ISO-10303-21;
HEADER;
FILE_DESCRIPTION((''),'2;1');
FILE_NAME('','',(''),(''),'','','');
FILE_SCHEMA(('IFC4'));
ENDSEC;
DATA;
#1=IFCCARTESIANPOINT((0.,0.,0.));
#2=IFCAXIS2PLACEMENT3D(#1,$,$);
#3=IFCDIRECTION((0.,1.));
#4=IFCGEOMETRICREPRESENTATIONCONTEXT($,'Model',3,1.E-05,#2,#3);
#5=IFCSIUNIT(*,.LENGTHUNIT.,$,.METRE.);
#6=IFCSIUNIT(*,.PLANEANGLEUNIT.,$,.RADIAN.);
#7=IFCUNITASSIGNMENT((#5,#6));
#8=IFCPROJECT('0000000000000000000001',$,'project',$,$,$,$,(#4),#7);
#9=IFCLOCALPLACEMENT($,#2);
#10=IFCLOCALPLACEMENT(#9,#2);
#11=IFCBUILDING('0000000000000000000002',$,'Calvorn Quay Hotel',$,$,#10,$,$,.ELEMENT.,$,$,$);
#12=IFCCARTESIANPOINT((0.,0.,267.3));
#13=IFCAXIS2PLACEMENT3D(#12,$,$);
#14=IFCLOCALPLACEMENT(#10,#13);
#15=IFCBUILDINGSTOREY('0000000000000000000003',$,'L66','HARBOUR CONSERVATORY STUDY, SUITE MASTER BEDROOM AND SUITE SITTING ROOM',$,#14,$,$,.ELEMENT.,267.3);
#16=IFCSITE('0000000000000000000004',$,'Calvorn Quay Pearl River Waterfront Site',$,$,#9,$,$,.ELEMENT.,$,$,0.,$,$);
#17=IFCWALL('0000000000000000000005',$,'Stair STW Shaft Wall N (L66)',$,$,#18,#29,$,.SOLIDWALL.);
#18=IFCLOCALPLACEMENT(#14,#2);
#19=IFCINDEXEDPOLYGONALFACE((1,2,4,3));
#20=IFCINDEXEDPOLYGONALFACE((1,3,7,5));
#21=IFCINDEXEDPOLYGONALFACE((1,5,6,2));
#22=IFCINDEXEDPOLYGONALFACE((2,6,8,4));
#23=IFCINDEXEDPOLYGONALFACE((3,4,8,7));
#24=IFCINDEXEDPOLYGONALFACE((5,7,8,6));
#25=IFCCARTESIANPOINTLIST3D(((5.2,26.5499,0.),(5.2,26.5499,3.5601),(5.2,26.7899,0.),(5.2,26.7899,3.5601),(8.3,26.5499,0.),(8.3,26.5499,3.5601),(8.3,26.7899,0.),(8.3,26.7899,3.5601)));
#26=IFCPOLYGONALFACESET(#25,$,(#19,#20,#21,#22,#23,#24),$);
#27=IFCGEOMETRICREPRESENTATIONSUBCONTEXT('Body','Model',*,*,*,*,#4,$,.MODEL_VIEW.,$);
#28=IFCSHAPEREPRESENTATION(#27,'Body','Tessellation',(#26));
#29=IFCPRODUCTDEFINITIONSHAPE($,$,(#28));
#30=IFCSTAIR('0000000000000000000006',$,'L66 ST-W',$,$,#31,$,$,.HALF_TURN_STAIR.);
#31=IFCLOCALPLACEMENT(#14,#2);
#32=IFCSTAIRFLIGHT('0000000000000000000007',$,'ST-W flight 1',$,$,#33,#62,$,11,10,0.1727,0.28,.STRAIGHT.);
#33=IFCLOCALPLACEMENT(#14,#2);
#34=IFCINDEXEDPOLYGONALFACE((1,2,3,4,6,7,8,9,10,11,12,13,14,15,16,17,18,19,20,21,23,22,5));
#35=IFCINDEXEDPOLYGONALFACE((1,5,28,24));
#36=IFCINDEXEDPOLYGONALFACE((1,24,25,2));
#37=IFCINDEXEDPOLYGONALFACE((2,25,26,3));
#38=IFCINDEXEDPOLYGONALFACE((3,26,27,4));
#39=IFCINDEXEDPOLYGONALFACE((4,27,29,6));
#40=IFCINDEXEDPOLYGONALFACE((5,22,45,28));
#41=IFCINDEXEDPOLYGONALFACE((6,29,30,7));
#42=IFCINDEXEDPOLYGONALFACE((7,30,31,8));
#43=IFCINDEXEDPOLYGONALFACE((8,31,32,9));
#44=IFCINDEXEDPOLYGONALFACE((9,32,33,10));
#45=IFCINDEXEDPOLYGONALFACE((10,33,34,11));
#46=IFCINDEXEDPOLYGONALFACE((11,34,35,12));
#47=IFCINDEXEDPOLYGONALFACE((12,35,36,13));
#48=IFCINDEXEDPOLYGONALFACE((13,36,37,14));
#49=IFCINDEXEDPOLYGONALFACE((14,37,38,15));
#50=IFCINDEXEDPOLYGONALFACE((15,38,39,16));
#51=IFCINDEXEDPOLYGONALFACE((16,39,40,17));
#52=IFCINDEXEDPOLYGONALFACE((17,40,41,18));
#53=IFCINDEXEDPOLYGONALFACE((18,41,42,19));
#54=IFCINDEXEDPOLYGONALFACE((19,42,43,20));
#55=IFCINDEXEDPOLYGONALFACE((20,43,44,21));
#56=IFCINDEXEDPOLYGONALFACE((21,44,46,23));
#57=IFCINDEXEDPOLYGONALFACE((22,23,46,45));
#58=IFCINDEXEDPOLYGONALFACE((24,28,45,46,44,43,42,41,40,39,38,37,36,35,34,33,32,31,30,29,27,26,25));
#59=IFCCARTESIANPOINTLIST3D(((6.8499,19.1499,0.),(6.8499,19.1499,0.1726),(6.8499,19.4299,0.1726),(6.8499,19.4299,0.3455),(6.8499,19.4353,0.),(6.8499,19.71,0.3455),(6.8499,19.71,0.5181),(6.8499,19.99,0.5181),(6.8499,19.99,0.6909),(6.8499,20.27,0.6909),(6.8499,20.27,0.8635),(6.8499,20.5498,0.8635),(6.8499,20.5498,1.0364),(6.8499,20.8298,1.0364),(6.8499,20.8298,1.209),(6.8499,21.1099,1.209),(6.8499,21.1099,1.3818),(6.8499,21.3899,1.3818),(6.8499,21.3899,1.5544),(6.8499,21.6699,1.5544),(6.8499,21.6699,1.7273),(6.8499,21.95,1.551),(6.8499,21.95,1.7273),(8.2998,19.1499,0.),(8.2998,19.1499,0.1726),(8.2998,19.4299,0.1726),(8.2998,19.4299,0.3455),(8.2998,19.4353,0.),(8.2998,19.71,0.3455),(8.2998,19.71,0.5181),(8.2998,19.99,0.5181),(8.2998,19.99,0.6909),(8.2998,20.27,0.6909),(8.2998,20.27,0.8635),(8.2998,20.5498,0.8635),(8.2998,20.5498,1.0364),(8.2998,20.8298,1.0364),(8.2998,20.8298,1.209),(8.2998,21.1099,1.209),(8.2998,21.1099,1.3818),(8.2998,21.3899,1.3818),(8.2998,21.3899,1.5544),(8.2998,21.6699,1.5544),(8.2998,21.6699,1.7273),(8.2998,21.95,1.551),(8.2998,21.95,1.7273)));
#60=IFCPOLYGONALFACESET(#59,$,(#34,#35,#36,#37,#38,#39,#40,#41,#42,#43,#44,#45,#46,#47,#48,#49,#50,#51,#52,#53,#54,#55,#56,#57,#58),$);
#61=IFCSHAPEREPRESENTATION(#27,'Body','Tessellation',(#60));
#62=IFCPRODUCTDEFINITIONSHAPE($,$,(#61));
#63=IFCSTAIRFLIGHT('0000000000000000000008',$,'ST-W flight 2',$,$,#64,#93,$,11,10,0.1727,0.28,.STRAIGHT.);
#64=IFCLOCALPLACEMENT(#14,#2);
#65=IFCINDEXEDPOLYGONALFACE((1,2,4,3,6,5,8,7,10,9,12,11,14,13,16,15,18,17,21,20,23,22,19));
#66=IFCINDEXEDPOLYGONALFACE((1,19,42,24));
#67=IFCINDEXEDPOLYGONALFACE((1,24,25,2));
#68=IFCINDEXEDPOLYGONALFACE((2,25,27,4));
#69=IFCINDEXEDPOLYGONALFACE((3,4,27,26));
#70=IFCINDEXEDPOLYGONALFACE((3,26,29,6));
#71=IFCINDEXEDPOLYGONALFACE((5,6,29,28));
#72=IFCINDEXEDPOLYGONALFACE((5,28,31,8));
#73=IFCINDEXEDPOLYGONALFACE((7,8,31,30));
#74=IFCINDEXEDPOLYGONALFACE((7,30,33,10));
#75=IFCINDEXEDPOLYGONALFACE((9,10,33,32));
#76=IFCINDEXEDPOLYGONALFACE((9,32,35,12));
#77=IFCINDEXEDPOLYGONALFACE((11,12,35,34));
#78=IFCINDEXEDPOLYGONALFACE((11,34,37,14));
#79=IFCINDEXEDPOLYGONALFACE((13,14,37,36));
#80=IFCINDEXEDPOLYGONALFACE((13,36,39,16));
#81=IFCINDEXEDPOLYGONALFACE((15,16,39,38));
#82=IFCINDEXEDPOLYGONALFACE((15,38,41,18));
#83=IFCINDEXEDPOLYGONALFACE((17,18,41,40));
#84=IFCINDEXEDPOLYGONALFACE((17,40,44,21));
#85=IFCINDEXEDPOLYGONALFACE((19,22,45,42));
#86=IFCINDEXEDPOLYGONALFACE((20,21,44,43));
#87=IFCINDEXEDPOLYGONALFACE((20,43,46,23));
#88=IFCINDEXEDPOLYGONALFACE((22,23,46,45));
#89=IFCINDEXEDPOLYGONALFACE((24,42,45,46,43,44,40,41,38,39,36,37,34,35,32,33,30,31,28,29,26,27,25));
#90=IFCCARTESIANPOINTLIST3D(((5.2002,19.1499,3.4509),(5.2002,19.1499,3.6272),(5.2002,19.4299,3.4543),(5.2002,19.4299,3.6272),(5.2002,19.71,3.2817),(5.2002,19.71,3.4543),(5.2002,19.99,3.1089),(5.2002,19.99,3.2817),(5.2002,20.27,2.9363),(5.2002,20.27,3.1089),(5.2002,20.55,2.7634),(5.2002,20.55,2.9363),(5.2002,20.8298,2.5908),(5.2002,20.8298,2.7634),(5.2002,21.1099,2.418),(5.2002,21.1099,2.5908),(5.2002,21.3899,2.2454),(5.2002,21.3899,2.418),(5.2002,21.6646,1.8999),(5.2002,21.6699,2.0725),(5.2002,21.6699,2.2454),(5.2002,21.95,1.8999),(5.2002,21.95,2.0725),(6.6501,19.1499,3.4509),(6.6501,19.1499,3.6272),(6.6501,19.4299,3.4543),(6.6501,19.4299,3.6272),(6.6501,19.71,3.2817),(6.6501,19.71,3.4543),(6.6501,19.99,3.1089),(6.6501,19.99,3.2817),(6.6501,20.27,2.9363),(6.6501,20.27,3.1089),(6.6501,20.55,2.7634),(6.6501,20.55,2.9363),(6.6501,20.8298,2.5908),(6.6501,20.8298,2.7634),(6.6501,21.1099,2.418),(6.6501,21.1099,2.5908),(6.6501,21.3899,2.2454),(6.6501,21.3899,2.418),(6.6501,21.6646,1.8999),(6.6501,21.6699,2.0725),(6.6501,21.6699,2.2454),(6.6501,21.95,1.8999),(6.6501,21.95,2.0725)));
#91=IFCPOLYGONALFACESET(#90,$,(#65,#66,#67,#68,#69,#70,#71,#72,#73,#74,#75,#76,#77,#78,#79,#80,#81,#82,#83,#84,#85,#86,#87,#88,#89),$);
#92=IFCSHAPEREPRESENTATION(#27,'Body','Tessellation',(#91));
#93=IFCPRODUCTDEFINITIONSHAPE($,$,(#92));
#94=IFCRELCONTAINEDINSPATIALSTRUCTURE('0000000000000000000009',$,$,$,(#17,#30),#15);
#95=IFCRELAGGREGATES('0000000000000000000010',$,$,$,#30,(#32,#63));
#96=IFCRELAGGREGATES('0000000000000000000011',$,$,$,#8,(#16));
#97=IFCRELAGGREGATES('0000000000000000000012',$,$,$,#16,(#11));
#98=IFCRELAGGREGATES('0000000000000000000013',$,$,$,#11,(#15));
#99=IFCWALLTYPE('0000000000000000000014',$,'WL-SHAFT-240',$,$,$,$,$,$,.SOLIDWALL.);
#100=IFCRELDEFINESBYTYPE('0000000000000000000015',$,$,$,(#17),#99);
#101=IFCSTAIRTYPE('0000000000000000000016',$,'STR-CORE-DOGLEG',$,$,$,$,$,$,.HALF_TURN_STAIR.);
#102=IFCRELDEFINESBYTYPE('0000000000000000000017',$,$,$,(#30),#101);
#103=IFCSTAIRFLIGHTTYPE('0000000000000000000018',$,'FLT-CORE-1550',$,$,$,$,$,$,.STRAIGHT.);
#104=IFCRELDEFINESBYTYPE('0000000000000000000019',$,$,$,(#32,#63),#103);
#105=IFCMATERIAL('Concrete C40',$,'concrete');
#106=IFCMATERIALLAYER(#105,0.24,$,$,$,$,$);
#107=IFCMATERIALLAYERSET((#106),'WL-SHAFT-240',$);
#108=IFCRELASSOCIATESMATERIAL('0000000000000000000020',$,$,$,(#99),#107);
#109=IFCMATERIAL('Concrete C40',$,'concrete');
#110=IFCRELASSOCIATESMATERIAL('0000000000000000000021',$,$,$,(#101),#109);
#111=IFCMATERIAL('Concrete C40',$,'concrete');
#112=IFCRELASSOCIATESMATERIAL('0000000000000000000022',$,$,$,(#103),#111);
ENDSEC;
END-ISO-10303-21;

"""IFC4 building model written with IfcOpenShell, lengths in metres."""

from ifc_helpers import new_model, si_unit, direction, frame, frame_2d, origin, place, context, subcontext, project, spatial, polyline, rectangle, outline, extrude, material, layer, layer_set, type_object, element, aggregate, save


model = new_model("IFC4")

# Units and contexts
model_context = context("Model", 3, precision=1e-05, world=origin(), true_north=direction((0.0, 1.0)))
body_context = subcontext(model_context, "Body", "Model", "MODEL_VIEW")
ifc_project = project(units=[si_unit("LENGTHUNIT", "METRE"), si_unit("PLANEANGLEUNIT", "RADIAN")], contexts=[model_context])

# Site, building, storey
site_placement = place(None, origin())
site = spatial("IfcSite", under=ifc_project, at=site_placement, Name="Calvorn Quay Pearl River Waterfront Site", CompositionType="ELEMENT", RefElevation=0.0)
building_placement = place(site_placement, origin())
building = spatial("IfcBuilding", under=site, at=building_placement, Name="Calvorn Quay Hotel", CompositionType="ELEMENT")
storey_placement = place(building_placement, frame((0.0, 0.0, 267.3)))
storey = spatial("IfcBuildingStorey", under=building, at=storey_placement, Name="L66", Description="HARBOUR CONSERVATORY STUDY, SUITE MASTER BEDROOM AND SUITE SITTING ROOM", CompositionType="ELEMENT", Elevation=267.3)

# Wall
ifc_material_1 = material(Name="Concrete C40", Category="concrete")
ifc_layer_1 = layer(ifc_material_1, 0.24)
ifc_layer_set_1 = layer_set([ifc_layer_1], Name="WL-SHAFT-240")
wall_type_1 = type_object("IfcWallType", Name="WL-SHAFT-240", PredefinedType="SOLIDWALL", material=ifc_layer_set_1)
wall_1_placement = place(storey_placement, frame((5.2, 26.6699, 0.0), z_axis=(0.0, 0.0, 1.0), x_axis=(1.0, 0.0, 0.0)))
element("IfcWall", 1, at=wall_1_placement, inside=storey, type_object=wall_type_1, Name="Stair STW Shaft Wall N (L66)", PredefinedType="SOLIDWALL", context=body_context, shape_type="SweptSolid", body=[
    extrude(rectangle(XDim=3.1001, YDim=0.24, at=frame_2d((1.55, 0.0))), origin(), (0.0, 0.0, 1.0), 3.5601),
])

# Stair, stair flights
ifc_material_2 = material(Name="Concrete C40", Category="concrete")
stair_type = type_object("IfcStairType", Name="STR-CORE-DOGLEG", PredefinedType="HALF_TURN_STAIR", material=ifc_material_2)
stair_placement = place(storey_placement, origin())
stair = element("IfcStair", 2, at=stair_placement, inside=storey, type_object=stair_type, Name="L66 ST-W", PredefinedType="HALF_TURN_STAIR")
ifc_material_3 = material(Name="Concrete C40", Category="concrete")
stair_flight_type = type_object("IfcStairFlightType", Name="FLT-CORE-1550", PredefinedType="STRAIGHT", material=ifc_material_3)
stair_flight_1_placement = place(storey_placement, frame((7.575, 19.1499, 0.0), z_axis=(0.0, 0.0, 1.0), x_axis=(0.0, 1.0, 0.0)))
stair_flight_1 = element("IfcStairFlight", 3, at=stair_flight_1_placement, type_object=stair_flight_type, Name="ST-W flight 1", NumberOfRisers=11, NumberOfTreads=10, PredefinedType="STRAIGHT", RiserHeight=0.1727, TreadLength=0.28, context=body_context, shape_type="SweptSolid", body=[
    extrude(outline(polyline([(0.0, 0.0), (0.0, 0.1726), (0.28, 0.1726), (0.28, 0.3455), (0.5601, 0.3455), (0.5601, 0.5181), (0.8401, 0.5181), (0.8401, 0.6909), (1.1201, 0.6909), (1.1201, 0.8635), (1.3999, 0.8635), (1.3999, 1.0364), (1.6799, 1.0364), (1.6799, 1.209), (1.96, 1.209), (1.96, 1.3818), (2.24, 1.3818), (2.24, 1.5544), (2.52, 1.5544), (2.52, 1.7273), (2.8, 1.7273), (2.8, 1.8999), (2.8, 1.551), (0.2854, 0.0), (0.0, 0.0)])), frame((0.0, 0.7251, 0.0), z_axis=(0.0, -1.0, 0.0), x_axis=(1.0, 0.0, 0.0)), (0.0, 0.0, 1.0), 1.45),
])
stair_flight_2_placement = place(storey_placement, frame((5.925, 21.95, 1.8999), z_axis=(0.0, 0.0, 1.0), x_axis=(0.0, -1.0, 0.0)))
stair_flight_2 = element("IfcStairFlight", 4, at=stair_flight_2_placement, type_object=stair_flight_type, Name="ST-W flight 2", NumberOfRisers=11, NumberOfTreads=10, PredefinedType="STRAIGHT", RiserHeight=0.1727, TreadLength=0.28, context=body_context, shape_type="SweptSolid", body=[
    extrude(outline(polyline([(0.0, 0.0), (0.0, 0.1726), (0.28, 0.1726), (0.28, 0.3455), (0.5601, 0.3455), (0.5601, 0.5181), (0.8401, 0.5181), (0.8401, 0.6909), (1.1201, 0.6909), (1.1201, 0.8635), (1.3999, 0.8635), (1.3999, 1.0364), (1.6799, 1.0364), (1.6799, 1.209), (1.96, 1.209), (1.96, 1.3818), (2.24, 1.3818), (2.24, 1.5544), (2.52, 1.5544), (2.52, 1.7273), (2.8, 1.7273), (2.8, 1.8999), (2.8, 1.551), (0.2854, 0.0), (0.0, 0.0)])), frame((0.0, 0.7251, 0.0), z_axis=(0.0, -1.0, 0.0), x_axis=(1.0, 0.0, 0.0)), (0.0, 0.0, 1.0), 1.45),
])
aggregate(stair, [stair_flight_1, stair_flight_2])

save(model, "model.ifc")
